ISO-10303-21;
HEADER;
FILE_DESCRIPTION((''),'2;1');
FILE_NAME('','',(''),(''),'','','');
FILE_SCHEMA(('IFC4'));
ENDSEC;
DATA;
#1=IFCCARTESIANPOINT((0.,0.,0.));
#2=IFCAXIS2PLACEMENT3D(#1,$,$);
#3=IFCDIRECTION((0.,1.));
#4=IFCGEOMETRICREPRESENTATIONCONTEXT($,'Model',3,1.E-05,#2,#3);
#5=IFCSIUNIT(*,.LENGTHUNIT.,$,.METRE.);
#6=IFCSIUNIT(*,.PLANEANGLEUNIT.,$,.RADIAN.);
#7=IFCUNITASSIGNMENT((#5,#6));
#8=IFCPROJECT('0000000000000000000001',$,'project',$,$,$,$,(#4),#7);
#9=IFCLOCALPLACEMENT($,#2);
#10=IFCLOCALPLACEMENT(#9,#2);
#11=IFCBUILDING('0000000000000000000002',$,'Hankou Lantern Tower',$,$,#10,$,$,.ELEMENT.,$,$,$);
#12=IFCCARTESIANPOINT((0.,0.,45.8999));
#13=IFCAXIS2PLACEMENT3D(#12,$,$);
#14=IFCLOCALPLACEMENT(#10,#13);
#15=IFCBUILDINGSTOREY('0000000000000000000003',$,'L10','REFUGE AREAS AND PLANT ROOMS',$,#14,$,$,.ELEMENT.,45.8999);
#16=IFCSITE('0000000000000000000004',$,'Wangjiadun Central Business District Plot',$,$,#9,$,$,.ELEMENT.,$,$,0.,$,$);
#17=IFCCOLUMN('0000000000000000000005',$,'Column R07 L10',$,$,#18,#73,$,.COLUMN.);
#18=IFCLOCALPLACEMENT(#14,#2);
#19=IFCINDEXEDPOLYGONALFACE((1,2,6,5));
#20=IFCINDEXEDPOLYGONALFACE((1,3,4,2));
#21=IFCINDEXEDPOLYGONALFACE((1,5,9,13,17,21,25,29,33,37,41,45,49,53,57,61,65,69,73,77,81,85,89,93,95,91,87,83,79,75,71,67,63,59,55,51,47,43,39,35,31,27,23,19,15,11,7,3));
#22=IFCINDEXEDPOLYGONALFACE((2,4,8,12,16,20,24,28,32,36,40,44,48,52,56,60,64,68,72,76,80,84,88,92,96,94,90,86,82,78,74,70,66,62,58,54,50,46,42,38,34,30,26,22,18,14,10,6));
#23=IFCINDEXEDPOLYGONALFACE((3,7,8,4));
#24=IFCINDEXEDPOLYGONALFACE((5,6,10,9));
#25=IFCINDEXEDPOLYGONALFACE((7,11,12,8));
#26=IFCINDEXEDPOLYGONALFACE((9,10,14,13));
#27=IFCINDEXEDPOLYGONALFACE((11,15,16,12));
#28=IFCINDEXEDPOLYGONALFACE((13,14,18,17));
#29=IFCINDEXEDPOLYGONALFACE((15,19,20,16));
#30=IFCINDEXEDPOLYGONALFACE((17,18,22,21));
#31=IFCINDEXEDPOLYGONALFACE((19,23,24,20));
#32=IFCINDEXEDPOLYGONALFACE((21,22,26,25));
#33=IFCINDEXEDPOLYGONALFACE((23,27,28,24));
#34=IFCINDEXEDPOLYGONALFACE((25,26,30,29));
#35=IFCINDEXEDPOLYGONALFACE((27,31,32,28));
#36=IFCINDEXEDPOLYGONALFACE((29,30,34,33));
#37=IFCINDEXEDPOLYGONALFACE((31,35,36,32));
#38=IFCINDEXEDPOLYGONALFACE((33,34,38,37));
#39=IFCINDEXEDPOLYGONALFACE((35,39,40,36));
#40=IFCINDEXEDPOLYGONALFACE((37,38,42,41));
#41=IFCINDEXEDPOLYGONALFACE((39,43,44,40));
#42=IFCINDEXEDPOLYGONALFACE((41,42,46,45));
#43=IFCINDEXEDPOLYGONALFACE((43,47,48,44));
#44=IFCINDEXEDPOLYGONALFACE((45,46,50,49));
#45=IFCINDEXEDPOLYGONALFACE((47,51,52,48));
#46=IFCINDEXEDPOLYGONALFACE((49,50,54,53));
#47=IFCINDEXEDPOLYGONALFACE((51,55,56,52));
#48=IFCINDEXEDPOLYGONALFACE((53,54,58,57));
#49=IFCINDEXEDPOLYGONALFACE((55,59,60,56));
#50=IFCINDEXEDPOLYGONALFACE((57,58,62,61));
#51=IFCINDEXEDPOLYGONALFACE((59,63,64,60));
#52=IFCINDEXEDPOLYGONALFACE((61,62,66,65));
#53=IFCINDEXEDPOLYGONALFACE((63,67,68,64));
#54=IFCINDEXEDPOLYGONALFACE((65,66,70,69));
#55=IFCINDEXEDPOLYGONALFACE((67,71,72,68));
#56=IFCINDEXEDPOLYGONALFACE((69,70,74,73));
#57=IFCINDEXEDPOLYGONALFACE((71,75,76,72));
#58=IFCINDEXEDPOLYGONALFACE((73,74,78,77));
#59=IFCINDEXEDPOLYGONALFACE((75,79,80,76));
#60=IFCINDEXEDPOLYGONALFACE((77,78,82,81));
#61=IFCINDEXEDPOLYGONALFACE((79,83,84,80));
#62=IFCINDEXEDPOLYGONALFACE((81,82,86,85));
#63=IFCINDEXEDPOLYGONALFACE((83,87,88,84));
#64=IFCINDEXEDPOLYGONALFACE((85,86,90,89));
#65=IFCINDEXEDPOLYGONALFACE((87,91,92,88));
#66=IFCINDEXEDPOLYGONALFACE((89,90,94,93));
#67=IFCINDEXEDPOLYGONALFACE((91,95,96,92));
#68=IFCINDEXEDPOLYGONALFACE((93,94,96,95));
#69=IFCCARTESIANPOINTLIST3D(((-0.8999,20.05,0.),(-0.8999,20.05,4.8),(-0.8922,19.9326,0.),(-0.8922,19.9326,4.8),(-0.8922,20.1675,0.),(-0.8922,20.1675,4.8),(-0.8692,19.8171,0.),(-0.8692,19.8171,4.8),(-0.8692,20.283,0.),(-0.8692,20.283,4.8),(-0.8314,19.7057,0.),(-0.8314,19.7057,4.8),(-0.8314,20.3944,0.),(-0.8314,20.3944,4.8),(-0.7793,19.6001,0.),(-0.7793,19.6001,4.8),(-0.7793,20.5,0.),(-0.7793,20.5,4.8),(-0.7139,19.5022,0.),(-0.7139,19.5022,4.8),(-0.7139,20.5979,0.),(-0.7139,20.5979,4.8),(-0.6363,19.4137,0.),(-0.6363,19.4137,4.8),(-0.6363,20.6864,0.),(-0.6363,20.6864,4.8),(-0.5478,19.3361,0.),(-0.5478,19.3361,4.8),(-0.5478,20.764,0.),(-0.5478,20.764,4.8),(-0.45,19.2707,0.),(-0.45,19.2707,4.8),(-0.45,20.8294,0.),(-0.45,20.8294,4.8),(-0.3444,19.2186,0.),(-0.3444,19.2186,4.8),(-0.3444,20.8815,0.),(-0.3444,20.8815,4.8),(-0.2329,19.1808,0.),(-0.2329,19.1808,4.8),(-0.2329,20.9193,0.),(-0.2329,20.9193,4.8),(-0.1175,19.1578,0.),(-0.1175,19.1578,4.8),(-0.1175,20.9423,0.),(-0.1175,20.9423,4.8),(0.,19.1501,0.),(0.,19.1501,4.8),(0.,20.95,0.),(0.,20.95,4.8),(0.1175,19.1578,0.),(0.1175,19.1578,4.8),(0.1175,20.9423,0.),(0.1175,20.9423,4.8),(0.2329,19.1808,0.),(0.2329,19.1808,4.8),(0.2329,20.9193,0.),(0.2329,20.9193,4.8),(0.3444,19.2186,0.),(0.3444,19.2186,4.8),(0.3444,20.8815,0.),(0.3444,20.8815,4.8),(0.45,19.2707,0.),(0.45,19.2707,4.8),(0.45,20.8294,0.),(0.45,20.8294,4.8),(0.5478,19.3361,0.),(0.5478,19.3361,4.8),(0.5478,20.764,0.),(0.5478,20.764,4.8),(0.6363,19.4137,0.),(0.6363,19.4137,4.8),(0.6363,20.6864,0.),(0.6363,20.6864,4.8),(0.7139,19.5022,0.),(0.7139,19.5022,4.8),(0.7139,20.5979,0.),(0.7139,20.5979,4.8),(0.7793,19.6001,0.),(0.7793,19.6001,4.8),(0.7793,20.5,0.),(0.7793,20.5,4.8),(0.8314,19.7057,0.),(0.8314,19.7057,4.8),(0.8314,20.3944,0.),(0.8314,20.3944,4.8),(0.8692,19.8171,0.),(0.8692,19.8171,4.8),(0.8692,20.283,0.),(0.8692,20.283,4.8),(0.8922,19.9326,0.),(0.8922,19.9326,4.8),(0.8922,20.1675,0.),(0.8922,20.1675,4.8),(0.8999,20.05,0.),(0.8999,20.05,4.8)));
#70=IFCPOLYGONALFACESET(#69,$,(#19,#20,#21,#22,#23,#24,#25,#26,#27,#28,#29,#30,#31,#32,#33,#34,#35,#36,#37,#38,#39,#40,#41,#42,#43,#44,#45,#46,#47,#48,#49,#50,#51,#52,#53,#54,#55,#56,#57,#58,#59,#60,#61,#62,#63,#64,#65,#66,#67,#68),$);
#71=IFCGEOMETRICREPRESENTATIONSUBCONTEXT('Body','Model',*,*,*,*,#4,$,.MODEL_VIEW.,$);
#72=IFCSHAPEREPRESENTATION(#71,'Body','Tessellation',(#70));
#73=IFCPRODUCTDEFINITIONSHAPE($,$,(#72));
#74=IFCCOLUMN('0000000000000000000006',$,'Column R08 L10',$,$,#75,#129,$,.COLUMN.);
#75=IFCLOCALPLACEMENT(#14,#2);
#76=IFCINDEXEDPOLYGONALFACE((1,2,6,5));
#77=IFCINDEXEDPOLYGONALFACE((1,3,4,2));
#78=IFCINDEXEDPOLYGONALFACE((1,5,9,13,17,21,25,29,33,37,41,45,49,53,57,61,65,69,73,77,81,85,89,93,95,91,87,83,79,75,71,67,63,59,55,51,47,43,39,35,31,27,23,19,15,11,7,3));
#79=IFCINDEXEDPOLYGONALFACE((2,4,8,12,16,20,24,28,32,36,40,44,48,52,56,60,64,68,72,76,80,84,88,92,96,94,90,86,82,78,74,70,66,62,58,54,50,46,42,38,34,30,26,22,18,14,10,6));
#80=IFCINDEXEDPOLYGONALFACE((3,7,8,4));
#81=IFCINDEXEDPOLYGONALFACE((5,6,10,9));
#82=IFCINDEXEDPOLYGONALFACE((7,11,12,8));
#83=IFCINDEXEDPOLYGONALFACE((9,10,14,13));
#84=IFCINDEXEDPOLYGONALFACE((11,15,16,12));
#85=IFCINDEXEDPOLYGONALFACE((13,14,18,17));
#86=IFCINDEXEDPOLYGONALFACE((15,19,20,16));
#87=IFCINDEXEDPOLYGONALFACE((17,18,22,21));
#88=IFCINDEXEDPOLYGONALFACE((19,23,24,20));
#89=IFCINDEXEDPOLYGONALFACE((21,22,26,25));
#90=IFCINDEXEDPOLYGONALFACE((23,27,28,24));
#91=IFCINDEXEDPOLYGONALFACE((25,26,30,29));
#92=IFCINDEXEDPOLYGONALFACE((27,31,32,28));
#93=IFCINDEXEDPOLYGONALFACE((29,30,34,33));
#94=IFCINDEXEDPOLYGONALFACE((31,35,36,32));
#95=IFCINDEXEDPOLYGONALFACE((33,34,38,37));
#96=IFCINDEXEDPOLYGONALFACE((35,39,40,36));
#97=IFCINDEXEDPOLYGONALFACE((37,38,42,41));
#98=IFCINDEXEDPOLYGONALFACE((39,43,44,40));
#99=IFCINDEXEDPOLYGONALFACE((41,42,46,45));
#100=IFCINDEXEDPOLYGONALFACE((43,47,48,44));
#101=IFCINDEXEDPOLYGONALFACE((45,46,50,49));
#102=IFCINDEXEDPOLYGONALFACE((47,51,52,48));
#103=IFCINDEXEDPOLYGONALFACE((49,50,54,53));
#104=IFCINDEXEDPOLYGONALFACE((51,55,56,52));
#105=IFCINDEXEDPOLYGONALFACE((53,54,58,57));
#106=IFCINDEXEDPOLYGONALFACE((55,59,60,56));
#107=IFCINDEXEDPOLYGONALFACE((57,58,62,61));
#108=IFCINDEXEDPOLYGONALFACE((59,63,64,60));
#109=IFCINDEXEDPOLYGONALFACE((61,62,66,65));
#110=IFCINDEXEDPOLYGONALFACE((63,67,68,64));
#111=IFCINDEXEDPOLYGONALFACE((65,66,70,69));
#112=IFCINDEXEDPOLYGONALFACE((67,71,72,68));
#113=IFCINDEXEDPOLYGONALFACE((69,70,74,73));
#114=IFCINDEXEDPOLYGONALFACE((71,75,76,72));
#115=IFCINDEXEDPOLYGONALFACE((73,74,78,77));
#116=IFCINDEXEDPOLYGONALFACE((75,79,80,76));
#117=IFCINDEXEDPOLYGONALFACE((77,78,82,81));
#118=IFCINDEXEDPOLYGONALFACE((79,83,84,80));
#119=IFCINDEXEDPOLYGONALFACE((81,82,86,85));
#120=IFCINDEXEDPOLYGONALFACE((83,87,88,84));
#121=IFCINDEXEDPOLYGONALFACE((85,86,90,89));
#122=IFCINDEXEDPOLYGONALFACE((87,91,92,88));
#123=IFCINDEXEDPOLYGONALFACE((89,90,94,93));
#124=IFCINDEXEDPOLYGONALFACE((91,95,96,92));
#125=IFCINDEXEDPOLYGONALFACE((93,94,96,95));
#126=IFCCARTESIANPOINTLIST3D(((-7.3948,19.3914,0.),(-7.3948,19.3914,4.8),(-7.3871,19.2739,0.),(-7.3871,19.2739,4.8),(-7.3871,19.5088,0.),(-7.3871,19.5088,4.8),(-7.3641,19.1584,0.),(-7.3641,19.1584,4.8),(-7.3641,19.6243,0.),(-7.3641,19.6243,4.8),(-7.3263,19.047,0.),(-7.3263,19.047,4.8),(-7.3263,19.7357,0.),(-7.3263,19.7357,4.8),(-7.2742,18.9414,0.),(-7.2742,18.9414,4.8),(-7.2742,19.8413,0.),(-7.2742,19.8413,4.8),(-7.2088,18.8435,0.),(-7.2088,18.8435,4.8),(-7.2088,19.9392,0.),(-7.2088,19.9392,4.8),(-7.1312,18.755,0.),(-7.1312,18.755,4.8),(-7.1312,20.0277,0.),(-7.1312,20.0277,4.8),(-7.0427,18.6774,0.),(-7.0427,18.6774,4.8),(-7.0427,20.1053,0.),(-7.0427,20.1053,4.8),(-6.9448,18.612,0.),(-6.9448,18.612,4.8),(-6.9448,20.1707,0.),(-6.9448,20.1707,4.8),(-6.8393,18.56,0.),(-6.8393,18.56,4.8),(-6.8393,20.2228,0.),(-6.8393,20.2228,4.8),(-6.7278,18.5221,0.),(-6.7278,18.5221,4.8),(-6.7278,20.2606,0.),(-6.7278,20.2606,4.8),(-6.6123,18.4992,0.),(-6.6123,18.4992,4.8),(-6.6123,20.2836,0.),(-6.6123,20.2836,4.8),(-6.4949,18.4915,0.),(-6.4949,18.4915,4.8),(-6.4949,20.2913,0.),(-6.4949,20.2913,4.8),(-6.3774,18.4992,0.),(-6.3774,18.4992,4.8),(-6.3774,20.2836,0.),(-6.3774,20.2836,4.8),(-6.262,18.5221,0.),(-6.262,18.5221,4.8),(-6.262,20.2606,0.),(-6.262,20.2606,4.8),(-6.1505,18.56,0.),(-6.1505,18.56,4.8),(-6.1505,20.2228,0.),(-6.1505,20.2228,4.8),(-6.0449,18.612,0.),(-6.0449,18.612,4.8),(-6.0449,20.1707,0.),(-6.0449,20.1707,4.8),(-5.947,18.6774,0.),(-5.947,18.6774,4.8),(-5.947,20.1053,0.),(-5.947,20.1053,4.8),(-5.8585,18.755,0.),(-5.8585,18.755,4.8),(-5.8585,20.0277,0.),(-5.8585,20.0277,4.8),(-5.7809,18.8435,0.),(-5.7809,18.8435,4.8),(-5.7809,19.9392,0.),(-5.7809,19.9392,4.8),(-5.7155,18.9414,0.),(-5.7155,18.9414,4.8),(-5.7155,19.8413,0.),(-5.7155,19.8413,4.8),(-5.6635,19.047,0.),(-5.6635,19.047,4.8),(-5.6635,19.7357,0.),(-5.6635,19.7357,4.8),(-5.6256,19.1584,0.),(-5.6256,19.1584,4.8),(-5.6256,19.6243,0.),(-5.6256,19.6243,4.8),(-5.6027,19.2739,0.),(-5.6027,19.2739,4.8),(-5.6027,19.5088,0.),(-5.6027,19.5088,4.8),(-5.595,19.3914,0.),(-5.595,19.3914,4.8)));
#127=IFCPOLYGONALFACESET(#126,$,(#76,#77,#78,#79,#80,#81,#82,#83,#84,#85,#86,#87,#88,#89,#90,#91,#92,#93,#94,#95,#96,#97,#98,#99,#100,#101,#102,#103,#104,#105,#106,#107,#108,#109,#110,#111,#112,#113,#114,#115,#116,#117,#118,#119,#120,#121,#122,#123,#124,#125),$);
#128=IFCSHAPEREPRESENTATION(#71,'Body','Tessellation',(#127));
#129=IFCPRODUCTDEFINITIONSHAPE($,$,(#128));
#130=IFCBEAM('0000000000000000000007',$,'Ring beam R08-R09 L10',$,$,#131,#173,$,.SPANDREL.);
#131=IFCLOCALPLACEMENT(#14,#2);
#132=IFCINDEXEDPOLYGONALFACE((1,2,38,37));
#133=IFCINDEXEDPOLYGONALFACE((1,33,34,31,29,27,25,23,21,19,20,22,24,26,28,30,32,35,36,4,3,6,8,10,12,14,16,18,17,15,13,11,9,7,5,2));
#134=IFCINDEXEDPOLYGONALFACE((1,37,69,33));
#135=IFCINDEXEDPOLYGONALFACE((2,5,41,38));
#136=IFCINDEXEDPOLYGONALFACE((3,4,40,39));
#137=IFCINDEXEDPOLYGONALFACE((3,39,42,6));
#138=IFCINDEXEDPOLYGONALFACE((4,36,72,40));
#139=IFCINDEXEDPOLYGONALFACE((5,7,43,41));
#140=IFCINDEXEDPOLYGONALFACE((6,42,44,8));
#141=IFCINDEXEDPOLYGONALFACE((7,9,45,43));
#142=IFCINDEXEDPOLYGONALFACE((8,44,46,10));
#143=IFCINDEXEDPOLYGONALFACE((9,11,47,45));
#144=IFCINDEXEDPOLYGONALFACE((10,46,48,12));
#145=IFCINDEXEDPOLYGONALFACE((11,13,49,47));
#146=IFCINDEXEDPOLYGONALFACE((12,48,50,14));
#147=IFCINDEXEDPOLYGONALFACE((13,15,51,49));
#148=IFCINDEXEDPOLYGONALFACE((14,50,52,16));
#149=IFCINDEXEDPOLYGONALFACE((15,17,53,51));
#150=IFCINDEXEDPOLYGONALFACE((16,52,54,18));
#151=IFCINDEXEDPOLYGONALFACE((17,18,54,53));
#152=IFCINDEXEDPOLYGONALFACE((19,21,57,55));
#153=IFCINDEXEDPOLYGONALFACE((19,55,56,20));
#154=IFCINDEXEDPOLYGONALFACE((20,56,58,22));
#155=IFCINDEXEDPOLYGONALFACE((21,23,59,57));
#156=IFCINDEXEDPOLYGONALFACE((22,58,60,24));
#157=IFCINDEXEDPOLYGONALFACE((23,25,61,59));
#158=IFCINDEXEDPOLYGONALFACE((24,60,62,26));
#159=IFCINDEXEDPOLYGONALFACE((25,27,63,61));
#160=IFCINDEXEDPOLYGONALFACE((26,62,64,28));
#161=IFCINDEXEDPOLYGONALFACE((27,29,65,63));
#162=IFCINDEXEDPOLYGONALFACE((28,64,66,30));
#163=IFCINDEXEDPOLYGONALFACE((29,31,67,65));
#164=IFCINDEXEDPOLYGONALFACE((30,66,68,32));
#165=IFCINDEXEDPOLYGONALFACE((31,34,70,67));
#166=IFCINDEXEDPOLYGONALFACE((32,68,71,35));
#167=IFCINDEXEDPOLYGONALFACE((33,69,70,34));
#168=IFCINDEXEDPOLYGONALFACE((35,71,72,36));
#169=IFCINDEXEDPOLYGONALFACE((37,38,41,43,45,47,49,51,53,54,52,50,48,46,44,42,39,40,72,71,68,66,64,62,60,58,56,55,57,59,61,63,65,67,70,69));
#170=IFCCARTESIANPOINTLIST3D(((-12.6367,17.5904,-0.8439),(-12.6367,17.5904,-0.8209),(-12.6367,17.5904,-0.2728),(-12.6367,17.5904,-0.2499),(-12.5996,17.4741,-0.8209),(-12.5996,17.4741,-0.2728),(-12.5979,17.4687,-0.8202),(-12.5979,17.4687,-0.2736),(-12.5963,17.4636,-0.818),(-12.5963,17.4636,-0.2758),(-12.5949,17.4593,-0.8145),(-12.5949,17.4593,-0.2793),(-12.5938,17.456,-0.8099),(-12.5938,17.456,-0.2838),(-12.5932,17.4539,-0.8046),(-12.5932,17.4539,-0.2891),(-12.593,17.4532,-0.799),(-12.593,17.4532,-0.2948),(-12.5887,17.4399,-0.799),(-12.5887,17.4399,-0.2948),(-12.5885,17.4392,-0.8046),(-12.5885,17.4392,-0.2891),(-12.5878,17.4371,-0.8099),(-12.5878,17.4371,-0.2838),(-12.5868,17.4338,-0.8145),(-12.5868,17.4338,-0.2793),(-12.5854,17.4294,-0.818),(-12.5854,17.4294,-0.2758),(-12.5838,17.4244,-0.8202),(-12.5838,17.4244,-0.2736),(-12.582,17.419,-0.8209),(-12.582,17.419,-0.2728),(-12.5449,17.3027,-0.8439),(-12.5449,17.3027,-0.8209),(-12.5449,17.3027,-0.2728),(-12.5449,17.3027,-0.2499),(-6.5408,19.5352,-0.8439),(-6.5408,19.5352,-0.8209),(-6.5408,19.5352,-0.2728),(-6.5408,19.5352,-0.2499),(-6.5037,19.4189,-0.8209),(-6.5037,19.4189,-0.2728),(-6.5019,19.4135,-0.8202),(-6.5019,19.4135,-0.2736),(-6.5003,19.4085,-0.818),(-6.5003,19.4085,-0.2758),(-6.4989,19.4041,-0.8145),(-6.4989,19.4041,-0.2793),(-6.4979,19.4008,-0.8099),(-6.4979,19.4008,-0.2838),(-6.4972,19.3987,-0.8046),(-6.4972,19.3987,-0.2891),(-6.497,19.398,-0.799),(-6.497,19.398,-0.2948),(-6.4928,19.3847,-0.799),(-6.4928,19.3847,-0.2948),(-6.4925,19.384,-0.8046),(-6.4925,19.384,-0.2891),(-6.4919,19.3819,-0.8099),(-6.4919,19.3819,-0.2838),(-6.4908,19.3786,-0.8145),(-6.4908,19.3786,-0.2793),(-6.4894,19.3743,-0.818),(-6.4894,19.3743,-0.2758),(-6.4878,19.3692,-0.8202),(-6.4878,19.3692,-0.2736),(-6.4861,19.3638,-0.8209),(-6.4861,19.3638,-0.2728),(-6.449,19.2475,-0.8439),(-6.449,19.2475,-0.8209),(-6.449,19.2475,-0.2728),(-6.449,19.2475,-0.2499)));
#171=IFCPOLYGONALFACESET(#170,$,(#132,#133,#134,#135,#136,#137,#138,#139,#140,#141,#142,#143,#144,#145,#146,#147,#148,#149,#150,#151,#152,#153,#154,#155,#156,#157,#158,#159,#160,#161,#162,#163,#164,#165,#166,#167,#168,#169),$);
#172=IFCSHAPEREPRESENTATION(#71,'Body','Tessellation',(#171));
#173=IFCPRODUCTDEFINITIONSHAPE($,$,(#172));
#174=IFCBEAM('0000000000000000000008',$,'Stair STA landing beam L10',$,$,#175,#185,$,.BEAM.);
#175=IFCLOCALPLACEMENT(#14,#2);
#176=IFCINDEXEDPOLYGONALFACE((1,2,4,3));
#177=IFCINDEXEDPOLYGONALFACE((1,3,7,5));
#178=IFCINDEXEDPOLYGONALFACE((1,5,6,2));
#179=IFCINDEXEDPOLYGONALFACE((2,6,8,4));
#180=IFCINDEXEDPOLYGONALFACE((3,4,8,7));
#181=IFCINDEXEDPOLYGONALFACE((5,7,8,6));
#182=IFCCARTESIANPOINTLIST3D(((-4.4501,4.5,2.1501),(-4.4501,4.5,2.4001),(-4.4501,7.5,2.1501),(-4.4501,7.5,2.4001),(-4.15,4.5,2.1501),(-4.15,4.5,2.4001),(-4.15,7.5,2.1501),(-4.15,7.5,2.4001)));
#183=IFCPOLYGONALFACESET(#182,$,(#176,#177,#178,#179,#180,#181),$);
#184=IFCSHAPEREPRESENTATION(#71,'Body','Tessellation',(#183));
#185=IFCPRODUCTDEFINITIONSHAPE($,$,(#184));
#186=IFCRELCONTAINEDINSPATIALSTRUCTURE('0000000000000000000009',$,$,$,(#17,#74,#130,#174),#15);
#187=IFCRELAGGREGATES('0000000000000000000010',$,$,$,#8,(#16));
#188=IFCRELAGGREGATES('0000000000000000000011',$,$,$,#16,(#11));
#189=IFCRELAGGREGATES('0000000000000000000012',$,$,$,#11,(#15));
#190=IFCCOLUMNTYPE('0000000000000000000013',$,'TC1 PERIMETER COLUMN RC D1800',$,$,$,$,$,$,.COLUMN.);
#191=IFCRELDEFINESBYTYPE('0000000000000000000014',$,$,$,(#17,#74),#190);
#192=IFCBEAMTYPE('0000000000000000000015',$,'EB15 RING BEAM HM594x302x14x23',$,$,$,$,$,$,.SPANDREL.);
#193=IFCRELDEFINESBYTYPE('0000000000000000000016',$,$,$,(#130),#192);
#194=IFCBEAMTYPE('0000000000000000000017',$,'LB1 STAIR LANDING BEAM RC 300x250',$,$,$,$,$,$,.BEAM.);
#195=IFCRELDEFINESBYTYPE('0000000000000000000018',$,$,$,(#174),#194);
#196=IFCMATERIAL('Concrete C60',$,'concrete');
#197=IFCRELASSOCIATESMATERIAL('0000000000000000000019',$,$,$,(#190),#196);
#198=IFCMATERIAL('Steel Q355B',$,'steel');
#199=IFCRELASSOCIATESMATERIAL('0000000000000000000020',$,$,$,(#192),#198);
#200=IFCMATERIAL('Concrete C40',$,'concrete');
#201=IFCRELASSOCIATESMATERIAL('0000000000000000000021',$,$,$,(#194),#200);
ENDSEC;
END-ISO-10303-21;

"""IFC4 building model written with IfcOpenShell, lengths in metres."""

from ifc_helpers import new_model, si_unit, direction, frame, origin, origin_2d, place, context, subcontext, project, spatial, rectangle, circle, i_section, extrude, material, material_profile, profile_set, type_object, element, save


model = new_model("IFC4")

# Units and contexts
model_context = context("Model", 3, precision=1e-05, world=origin(), true_north=direction((0.0, 1.0)))
body_context = subcontext(model_context, "Body", "Model", "MODEL_VIEW")
ifc_project = project(units=[si_unit("LENGTHUNIT", "METRE"), si_unit("PLANEANGLEUNIT", "RADIAN")], contexts=[model_context])

# Site, building, storey
site_placement = place(None, origin())
site = spatial("IfcSite", under=ifc_project, at=site_placement, Name="Wangjiadun Central Business District Plot", CompositionType="ELEMENT", RefElevation=0.0)
building_placement = place(site_placement, origin())
building = spatial("IfcBuilding", under=site, at=building_placement, Name="Hankou Lantern Tower", CompositionType="ELEMENT")
storey_placement = place(building_placement, frame((0.0, 0.0, 45.8999)))
storey = spatial("IfcBuildingStorey", under=building, at=storey_placement, Name="L10", Description="REFUGE AREAS AND PLANT ROOMS", CompositionType="ELEMENT", Elevation=45.8999)

# Columns
ifc_material_1 = material(Name="Concrete C60", Category="concrete")
ifc_material_profile_1 = material_profile(ifc_material_1, circle(Radius=0.8999, at=origin_2d()), Name="RC D1800")
ifc_profile_set_1 = profile_set([ifc_material_profile_1], Name="Concrete C60")
column_type = type_object("IfcColumnType", Name="TC1 PERIMETER COLUMN RC D1800", PredefinedType="COLUMN", material=ifc_profile_set_1)
for number, where, z_axis, x_axis, name in (
    (1, (0.0, 20.05, 0.0), (0.0, 0.0, 1.0), (1.0, 0.0, 0.0), "Column R07 L10"),
    (2, (-6.4949, 19.3914, 0.0), (0.0, 0.0, 1.0), (1.0, 0.0, 0.0), "Column R08 L10"),
):
    element("IfcColumn", number, at=place(storey_placement, frame(where, z_axis=z_axis, x_axis=x_axis)), inside=storey, type_object=column_type, Name=name, PredefinedType="COLUMN", context=body_context, shape_type="SweptSolid", body=[
        extrude(circle(Radius=0.8999, at=origin_2d()), origin(), (0.0, 0.0, 1.0), 4.8),
    ])

# Beams
ifc_material_2 = material(Name="Steel Q355B", Category="steel")
ifc_material_profile_2 = material_profile(ifc_material_2, i_section(OverallWidth=0.302, OverallDepth=0.594, WebThickness=0.0139, FlangeThickness=0.0229, FilletRadius=0.022, at=origin_2d()), Name="HM594x302x14x23")
ifc_profile_set_2 = profile_set([ifc_material_profile_2], Name="Steel Q355B")
beam_type_1 = type_object("IfcBeamType", Name="EB15 RING BEAM HM594x302x14x23", PredefinedType="SPANDREL", material=ifc_profile_set_2)
beam_1_placement = place(storey_placement, frame((-6.4949, 19.3914, -0.5469), z_axis=(-0.95269, -0.303942, 0.0), x_axis=(0.303942, -0.95269, 0.0)))
element("IfcBeam", 3, at=beam_1_placement, inside=storey, type_object=beam_type_1, Name="Ring beam R08-R09 L10", PredefinedType="SPANDREL", context=body_context, shape_type="SweptSolid", body=[
    extrude(i_section(OverallWidth=0.302, OverallDepth=0.594, WebThickness=0.0139, FlangeThickness=0.0229, FilletRadius=0.022, at=origin_2d()), origin(), (0.0, 0.0, 1.0), 6.3987),
])
ifc_material_3 = material(Name="Concrete C40", Category="concrete")
ifc_material_profile_3 = material_profile(ifc_material_3, rectangle(XDim=0.3, YDim=0.25, at=origin_2d()), Name="RC 300x250")
ifc_profile_set_3 = profile_set([ifc_material_profile_3], Name="Concrete C40")
beam_type_2 = type_object("IfcBeamType", Name="LB1 STAIR LANDING BEAM RC 300x250", PredefinedType="BEAM", material=ifc_profile_set_3)
beam_2_placement = place(storey_placement, frame((-4.3, 4.5, 2.2751), z_axis=(0.0, 1.0, 0.0), x_axis=(-1.0, 0.0, 0.0)))
element("IfcBeam", 4, at=beam_2_placement, inside=storey, type_object=beam_type_2, Name="Stair STA landing beam L10", PredefinedType="BEAM", context=body_context, shape_type="SweptSolid", body=[
    extrude(rectangle(XDim=0.3, YDim=0.25, at=origin_2d()), origin(), (0.0, 0.0, 1.0), 3.0),
])

save(model, "model.ifc")
